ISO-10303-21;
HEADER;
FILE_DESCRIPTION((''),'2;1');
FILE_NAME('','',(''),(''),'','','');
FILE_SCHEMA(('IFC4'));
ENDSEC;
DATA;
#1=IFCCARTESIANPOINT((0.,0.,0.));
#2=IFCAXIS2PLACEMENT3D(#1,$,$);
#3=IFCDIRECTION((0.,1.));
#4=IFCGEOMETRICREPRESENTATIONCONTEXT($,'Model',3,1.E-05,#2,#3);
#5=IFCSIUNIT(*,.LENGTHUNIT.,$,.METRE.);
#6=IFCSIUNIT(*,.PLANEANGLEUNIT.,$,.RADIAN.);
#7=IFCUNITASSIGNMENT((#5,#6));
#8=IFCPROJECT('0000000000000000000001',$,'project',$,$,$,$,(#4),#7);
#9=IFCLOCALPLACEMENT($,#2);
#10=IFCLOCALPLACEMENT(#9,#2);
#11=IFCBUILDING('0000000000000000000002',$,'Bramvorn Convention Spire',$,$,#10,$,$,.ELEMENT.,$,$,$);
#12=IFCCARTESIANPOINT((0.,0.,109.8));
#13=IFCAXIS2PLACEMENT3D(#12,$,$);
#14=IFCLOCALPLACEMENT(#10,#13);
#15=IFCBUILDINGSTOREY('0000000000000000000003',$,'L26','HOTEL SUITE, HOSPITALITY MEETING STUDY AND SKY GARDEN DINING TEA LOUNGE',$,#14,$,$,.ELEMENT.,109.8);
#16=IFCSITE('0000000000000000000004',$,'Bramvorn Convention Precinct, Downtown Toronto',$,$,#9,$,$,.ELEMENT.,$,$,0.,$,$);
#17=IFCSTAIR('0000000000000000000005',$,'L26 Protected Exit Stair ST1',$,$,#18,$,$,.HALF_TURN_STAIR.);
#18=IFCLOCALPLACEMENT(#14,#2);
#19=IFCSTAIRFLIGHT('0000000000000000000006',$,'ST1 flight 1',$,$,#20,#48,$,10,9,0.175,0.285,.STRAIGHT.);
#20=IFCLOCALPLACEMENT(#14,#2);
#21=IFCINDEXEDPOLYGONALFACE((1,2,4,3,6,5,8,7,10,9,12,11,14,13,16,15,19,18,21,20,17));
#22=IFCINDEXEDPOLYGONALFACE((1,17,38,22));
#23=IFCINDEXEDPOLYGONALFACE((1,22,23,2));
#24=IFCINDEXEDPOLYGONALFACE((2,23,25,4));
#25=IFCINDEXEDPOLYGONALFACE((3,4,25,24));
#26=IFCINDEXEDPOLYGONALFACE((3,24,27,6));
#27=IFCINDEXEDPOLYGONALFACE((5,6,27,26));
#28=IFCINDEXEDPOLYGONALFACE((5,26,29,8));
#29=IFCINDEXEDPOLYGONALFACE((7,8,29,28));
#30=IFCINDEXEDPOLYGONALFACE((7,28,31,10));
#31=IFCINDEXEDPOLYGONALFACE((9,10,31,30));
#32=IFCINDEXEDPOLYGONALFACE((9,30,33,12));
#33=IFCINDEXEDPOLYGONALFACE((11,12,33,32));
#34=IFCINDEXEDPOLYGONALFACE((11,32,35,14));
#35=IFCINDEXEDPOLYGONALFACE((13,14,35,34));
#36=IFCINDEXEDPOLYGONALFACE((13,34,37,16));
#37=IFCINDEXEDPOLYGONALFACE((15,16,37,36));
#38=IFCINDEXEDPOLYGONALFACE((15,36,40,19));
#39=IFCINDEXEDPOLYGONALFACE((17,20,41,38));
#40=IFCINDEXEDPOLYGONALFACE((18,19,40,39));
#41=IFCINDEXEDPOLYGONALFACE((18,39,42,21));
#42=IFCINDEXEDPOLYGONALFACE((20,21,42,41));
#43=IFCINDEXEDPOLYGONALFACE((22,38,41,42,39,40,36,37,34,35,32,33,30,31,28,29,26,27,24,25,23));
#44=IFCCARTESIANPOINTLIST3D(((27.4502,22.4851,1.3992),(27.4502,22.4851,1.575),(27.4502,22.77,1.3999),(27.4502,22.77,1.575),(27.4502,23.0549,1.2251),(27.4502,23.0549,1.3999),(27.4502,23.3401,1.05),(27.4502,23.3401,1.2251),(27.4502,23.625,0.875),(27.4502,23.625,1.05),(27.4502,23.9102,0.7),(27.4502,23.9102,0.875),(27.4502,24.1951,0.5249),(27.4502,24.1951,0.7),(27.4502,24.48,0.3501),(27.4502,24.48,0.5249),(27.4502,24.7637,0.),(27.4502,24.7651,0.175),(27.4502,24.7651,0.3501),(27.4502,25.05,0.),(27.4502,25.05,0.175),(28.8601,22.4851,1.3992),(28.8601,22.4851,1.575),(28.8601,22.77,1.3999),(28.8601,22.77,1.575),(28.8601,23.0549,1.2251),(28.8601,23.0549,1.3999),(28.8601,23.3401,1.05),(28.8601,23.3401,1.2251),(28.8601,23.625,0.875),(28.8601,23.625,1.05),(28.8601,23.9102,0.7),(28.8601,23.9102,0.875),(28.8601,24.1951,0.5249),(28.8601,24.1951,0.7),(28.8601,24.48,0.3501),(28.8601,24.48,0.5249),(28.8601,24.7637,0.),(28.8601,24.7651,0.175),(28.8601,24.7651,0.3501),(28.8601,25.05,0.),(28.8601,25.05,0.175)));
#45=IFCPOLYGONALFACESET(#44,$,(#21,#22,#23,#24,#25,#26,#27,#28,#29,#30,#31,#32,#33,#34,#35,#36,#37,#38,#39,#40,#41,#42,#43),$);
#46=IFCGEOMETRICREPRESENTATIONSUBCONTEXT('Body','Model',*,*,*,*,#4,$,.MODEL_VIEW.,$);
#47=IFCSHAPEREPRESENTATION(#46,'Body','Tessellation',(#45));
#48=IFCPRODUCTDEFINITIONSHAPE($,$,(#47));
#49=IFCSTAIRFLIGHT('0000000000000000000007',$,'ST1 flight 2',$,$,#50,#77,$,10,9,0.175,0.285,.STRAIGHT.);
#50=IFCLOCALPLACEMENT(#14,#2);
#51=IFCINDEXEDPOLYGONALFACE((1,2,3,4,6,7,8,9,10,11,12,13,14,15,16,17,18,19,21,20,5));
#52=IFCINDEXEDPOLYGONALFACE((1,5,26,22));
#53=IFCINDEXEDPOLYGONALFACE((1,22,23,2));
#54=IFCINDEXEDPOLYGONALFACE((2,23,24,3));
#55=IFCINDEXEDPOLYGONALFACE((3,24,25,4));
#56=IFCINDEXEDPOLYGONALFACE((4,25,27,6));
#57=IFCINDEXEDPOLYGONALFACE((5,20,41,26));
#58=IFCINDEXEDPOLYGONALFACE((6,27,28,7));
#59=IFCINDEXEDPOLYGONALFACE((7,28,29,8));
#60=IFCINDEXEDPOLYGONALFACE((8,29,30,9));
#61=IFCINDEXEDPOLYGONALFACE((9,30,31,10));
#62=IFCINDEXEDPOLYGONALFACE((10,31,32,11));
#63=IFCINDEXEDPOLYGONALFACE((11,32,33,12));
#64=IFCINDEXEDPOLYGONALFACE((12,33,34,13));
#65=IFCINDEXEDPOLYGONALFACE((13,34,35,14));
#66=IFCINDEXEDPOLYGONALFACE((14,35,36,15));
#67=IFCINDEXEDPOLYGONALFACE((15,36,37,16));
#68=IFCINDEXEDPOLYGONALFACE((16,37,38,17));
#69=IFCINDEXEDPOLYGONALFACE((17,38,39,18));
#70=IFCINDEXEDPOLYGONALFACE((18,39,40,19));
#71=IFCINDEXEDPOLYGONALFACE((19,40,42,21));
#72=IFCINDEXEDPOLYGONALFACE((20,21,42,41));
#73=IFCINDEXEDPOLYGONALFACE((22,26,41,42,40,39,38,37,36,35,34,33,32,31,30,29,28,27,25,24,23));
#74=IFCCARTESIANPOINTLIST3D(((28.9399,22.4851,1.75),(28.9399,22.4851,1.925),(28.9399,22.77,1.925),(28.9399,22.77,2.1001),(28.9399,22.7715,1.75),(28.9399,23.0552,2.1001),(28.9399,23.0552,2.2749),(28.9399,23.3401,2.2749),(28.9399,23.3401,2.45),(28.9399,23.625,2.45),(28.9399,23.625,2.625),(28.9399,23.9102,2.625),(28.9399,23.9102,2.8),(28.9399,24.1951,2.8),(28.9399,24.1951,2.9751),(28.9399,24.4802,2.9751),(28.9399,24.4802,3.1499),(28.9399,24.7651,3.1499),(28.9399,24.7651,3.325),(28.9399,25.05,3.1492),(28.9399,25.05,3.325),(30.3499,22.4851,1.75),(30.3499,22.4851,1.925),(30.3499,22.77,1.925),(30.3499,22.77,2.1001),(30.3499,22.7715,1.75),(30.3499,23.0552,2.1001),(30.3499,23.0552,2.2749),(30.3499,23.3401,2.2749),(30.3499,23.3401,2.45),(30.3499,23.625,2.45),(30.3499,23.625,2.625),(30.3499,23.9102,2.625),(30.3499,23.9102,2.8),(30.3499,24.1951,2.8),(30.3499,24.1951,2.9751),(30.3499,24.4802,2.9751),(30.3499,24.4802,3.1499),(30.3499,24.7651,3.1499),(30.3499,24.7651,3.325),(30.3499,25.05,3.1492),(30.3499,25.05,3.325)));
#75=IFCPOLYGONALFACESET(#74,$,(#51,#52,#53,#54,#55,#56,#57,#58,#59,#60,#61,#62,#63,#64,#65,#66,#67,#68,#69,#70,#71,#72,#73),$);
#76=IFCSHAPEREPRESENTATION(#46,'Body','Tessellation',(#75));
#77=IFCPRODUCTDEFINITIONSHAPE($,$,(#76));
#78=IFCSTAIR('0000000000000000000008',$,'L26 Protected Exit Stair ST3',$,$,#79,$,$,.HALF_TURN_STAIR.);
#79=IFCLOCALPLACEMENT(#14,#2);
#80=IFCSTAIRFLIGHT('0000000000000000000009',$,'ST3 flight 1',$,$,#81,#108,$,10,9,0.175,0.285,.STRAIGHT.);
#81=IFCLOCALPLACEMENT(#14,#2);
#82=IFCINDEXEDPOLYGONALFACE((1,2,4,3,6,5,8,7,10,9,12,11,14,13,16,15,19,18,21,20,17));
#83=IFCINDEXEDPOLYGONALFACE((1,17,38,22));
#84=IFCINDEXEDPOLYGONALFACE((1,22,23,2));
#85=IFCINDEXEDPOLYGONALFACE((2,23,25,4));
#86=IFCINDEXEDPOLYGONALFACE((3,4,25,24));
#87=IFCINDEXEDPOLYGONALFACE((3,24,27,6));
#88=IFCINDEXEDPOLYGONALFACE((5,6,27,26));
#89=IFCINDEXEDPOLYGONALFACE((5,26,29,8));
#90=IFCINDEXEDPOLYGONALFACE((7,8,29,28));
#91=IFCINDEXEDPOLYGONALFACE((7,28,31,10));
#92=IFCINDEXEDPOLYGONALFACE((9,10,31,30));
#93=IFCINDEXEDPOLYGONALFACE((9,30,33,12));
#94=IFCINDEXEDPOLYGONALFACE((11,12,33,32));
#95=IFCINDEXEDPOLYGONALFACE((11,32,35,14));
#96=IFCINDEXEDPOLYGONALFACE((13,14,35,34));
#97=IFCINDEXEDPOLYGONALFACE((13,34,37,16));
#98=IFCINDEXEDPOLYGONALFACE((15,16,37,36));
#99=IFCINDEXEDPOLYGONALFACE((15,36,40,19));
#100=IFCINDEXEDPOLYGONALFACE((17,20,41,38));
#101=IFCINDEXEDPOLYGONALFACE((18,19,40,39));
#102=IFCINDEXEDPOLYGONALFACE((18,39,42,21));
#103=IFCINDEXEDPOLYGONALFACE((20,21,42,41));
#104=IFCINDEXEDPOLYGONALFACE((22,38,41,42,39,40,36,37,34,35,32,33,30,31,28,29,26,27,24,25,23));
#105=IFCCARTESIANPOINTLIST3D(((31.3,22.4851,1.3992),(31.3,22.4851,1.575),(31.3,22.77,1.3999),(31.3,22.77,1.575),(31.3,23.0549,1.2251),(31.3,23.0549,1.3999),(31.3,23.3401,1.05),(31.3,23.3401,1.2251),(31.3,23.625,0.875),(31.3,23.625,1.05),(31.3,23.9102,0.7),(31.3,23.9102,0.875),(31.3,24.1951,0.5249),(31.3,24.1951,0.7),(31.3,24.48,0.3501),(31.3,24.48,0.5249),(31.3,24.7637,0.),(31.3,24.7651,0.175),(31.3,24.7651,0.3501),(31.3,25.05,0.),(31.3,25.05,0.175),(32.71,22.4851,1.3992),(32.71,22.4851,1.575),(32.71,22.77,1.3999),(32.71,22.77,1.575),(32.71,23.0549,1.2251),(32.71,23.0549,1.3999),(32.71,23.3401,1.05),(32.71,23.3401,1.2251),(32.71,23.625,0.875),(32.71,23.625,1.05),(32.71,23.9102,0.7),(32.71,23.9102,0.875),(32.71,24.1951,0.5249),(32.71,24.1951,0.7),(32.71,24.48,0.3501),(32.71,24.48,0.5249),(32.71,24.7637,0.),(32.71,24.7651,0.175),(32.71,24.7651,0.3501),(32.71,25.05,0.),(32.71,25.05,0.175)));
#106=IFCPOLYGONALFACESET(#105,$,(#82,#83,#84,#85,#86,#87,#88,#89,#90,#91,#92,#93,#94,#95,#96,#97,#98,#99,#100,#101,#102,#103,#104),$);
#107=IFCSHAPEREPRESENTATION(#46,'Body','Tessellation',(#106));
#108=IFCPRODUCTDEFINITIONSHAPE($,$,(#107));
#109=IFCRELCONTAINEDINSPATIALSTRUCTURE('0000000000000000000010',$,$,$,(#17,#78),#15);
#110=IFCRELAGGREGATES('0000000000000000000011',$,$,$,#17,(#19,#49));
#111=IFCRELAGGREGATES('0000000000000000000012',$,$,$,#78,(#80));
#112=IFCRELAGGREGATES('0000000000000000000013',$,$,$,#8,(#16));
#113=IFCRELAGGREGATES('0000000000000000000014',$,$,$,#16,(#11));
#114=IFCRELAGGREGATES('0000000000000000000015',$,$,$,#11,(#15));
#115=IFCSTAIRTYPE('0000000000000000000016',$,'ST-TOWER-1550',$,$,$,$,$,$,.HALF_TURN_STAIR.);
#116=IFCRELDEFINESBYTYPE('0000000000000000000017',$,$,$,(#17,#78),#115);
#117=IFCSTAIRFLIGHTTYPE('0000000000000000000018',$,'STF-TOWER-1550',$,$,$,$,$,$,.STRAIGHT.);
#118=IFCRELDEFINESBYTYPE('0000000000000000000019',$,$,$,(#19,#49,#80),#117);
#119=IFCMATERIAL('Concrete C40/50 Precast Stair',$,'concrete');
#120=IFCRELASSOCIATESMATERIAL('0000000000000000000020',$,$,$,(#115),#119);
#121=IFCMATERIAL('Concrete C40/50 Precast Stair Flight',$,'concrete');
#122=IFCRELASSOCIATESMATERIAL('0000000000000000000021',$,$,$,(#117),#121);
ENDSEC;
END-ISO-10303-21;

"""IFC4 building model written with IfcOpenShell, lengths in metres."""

from ifc_helpers import new_model, si_unit, direction, frame, origin, place, context, subcontext, project, spatial, polyline, outline, extrude, material, type_object, element, aggregate, save


model = new_model("IFC4")

# Units and contexts
model_context = context("Model", 3, precision=1e-05, world=origin(), true_north=direction((0.0, 1.0)))
body_context = subcontext(model_context, "Body", "Model", "MODEL_VIEW")
ifc_project = project(units=[si_unit("LENGTHUNIT", "METRE"), si_unit("PLANEANGLEUNIT", "RADIAN")], contexts=[model_context])

# Site, building, storey
site_placement = place(None, origin())
site = spatial("IfcSite", under=ifc_project, at=site_placement, Name="Bramvorn Convention Precinct, Downtown Toronto", CompositionType="ELEMENT", RefElevation=0.0)
building_placement = place(site_placement, origin())
building = spatial("IfcBuilding", under=site, at=building_placement, Name="Bramvorn Convention Spire", CompositionType="ELEMENT")
storey_placement = place(building_placement, frame((0.0, 0.0, 109.8)))
storey = spatial("IfcBuildingStorey", under=building, at=storey_placement, Name="L26", Description="HOTEL SUITE, HOSPITALITY MEETING STUDY AND SKY GARDEN DINING TEA LOUNGE", CompositionType="ELEMENT", Elevation=109.8)

# Stair, stair flights
ifc_material_1 = material(Name="Concrete C40/50 Precast Stair", Category="concrete")
stair_type = type_object("IfcStairType", Name="ST-TOWER-1550", PredefinedType="HALF_TURN_STAIR", material=ifc_material_1)
stair_1_placement = place(storey_placement, origin())
stair_1 = element("IfcStair", 1, at=stair_1_placement, inside=storey, type_object=stair_type, Name="L26 Protected Exit Stair ST1", PredefinedType="HALF_TURN_STAIR")
ifc_material_2 = material(Name="Concrete C40/50 Precast Stair Flight", Category="concrete")
stair_flight_type = type_object("IfcStairFlightType", Name="STF-TOWER-1550", PredefinedType="STRAIGHT", material=ifc_material_2)
stair_flight_1_placement = place(storey_placement, frame((28.155, 25.05, 0.0), z_axis=(0.0, 0.0, 1.0), x_axis=(0.0, -1.0, 0.0)))
stair_flight_1 = element("IfcStairFlight", 2, at=stair_flight_1_placement, type_object=stair_flight_type, Name="ST1 flight 1", NumberOfRisers=10, NumberOfTreads=9, PredefinedType="STRAIGHT", RiserHeight=0.175, TreadLength=0.285, context=body_context, shape_type="SweptSolid", body=[
    extrude(outline(polyline([(0.0, 0.0), (0.0, 0.175), (0.2849, 0.175), (0.2849, 0.3501), (0.5701, 0.3501), (0.5701, 0.5249), (0.855, 0.5249), (0.855, 0.7), (1.1399, 0.7), (1.1399, 0.875), (1.425, 0.875), (1.425, 1.05), (1.71, 1.05), (1.71, 1.2251), (1.9951, 1.2251), (1.9951, 1.3999), (2.28, 1.3999), (2.28, 1.575), (2.5649, 1.575), (2.5649, 1.75), (2.5649, 1.3992), (0.2864, 0.0), (0.0, 0.0)])), frame((0.0, 0.7051, 0.0), z_axis=(0.0, -1.0, 0.0), x_axis=(1.0, 0.0, 0.0)), (0.0, 0.0, 1.0), 1.4099),
])
stair_flight_2_placement = place(storey_placement, frame((29.645, 22.4851, 1.75), z_axis=(0.0, 0.0, 1.0), x_axis=(0.0, 1.0, 0.0)))
stair_flight_2 = element("IfcStairFlight", 3, at=stair_flight_2_placement, type_object=stair_flight_type, Name="ST1 flight 2", NumberOfRisers=10, NumberOfTreads=9, PredefinedType="STRAIGHT", RiserHeight=0.175, TreadLength=0.285, context=body_context, shape_type="SweptSolid", body=[
    extrude(outline(polyline([(0.0, 0.0), (0.0, 0.175), (0.2849, 0.175), (0.2849, 0.3501), (0.5701, 0.3501), (0.5701, 0.5249), (0.855, 0.5249), (0.855, 0.7), (1.1399, 0.7), (1.1399, 0.875), (1.425, 0.875), (1.425, 1.05), (1.71, 1.05), (1.71, 1.2251), (1.9951, 1.2251), (1.9951, 1.3999), (2.28, 1.3999), (2.28, 1.575), (2.5649, 1.575), (2.5649, 1.75), (2.5649, 1.3992), (0.2864, 0.0), (0.0, 0.0)])), frame((0.0, 0.7051, 0.0), z_axis=(0.0, -1.0, 0.0), x_axis=(1.0, 0.0, 0.0)), (0.0, 0.0, 1.0), 1.4099),
])
aggregate(stair_1, [stair_flight_1, stair_flight_2])

# Stair, stair flight
stair_2_placement = place(storey_placement, origin())
stair_2 = element("IfcStair", 4, at=stair_2_placement, inside=storey, type_object=stair_type, Name="L26 Protected Exit Stair ST3", PredefinedType="HALF_TURN_STAIR")
stair_flight_3_placement = place(storey_placement, frame((32.0049, 25.05, 0.0), z_axis=(0.0, 0.0, 1.0), x_axis=(0.0, -1.0, 0.0)))
stair_flight_3 = element("IfcStairFlight", 5, at=stair_flight_3_placement, type_object=stair_flight_type, Name="ST3 flight 1", NumberOfRisers=10, NumberOfTreads=9, PredefinedType="STRAIGHT", RiserHeight=0.175, TreadLength=0.285, context=body_context, shape_type="SweptSolid", body=[
    extrude(outline(polyline([(0.0, 0.0), (0.0, 0.175), (0.2849, 0.175), (0.2849, 0.3501), (0.5701, 0.3501), (0.5701, 0.5249), (0.855, 0.5249), (0.855, 0.7), (1.1399, 0.7), (1.1399, 0.875), (1.425, 0.875), (1.425, 1.05), (1.71, 1.05), (1.71, 1.2251), (1.9951, 1.2251), (1.9951, 1.3999), (2.28, 1.3999), (2.28, 1.575), (2.5649, 1.575), (2.5649, 1.75), (2.5649, 1.3992), (0.2864, 0.0), (0.0, 0.0)])), frame((0.0, 0.7051, 0.0), z_axis=(0.0, -1.0, 0.0), x_axis=(1.0, 0.0, 0.0)), (0.0, 0.0, 1.0), 1.4099),
])
aggregate(stair_2, [stair_flight_3])

save(model, "model.ifc")
